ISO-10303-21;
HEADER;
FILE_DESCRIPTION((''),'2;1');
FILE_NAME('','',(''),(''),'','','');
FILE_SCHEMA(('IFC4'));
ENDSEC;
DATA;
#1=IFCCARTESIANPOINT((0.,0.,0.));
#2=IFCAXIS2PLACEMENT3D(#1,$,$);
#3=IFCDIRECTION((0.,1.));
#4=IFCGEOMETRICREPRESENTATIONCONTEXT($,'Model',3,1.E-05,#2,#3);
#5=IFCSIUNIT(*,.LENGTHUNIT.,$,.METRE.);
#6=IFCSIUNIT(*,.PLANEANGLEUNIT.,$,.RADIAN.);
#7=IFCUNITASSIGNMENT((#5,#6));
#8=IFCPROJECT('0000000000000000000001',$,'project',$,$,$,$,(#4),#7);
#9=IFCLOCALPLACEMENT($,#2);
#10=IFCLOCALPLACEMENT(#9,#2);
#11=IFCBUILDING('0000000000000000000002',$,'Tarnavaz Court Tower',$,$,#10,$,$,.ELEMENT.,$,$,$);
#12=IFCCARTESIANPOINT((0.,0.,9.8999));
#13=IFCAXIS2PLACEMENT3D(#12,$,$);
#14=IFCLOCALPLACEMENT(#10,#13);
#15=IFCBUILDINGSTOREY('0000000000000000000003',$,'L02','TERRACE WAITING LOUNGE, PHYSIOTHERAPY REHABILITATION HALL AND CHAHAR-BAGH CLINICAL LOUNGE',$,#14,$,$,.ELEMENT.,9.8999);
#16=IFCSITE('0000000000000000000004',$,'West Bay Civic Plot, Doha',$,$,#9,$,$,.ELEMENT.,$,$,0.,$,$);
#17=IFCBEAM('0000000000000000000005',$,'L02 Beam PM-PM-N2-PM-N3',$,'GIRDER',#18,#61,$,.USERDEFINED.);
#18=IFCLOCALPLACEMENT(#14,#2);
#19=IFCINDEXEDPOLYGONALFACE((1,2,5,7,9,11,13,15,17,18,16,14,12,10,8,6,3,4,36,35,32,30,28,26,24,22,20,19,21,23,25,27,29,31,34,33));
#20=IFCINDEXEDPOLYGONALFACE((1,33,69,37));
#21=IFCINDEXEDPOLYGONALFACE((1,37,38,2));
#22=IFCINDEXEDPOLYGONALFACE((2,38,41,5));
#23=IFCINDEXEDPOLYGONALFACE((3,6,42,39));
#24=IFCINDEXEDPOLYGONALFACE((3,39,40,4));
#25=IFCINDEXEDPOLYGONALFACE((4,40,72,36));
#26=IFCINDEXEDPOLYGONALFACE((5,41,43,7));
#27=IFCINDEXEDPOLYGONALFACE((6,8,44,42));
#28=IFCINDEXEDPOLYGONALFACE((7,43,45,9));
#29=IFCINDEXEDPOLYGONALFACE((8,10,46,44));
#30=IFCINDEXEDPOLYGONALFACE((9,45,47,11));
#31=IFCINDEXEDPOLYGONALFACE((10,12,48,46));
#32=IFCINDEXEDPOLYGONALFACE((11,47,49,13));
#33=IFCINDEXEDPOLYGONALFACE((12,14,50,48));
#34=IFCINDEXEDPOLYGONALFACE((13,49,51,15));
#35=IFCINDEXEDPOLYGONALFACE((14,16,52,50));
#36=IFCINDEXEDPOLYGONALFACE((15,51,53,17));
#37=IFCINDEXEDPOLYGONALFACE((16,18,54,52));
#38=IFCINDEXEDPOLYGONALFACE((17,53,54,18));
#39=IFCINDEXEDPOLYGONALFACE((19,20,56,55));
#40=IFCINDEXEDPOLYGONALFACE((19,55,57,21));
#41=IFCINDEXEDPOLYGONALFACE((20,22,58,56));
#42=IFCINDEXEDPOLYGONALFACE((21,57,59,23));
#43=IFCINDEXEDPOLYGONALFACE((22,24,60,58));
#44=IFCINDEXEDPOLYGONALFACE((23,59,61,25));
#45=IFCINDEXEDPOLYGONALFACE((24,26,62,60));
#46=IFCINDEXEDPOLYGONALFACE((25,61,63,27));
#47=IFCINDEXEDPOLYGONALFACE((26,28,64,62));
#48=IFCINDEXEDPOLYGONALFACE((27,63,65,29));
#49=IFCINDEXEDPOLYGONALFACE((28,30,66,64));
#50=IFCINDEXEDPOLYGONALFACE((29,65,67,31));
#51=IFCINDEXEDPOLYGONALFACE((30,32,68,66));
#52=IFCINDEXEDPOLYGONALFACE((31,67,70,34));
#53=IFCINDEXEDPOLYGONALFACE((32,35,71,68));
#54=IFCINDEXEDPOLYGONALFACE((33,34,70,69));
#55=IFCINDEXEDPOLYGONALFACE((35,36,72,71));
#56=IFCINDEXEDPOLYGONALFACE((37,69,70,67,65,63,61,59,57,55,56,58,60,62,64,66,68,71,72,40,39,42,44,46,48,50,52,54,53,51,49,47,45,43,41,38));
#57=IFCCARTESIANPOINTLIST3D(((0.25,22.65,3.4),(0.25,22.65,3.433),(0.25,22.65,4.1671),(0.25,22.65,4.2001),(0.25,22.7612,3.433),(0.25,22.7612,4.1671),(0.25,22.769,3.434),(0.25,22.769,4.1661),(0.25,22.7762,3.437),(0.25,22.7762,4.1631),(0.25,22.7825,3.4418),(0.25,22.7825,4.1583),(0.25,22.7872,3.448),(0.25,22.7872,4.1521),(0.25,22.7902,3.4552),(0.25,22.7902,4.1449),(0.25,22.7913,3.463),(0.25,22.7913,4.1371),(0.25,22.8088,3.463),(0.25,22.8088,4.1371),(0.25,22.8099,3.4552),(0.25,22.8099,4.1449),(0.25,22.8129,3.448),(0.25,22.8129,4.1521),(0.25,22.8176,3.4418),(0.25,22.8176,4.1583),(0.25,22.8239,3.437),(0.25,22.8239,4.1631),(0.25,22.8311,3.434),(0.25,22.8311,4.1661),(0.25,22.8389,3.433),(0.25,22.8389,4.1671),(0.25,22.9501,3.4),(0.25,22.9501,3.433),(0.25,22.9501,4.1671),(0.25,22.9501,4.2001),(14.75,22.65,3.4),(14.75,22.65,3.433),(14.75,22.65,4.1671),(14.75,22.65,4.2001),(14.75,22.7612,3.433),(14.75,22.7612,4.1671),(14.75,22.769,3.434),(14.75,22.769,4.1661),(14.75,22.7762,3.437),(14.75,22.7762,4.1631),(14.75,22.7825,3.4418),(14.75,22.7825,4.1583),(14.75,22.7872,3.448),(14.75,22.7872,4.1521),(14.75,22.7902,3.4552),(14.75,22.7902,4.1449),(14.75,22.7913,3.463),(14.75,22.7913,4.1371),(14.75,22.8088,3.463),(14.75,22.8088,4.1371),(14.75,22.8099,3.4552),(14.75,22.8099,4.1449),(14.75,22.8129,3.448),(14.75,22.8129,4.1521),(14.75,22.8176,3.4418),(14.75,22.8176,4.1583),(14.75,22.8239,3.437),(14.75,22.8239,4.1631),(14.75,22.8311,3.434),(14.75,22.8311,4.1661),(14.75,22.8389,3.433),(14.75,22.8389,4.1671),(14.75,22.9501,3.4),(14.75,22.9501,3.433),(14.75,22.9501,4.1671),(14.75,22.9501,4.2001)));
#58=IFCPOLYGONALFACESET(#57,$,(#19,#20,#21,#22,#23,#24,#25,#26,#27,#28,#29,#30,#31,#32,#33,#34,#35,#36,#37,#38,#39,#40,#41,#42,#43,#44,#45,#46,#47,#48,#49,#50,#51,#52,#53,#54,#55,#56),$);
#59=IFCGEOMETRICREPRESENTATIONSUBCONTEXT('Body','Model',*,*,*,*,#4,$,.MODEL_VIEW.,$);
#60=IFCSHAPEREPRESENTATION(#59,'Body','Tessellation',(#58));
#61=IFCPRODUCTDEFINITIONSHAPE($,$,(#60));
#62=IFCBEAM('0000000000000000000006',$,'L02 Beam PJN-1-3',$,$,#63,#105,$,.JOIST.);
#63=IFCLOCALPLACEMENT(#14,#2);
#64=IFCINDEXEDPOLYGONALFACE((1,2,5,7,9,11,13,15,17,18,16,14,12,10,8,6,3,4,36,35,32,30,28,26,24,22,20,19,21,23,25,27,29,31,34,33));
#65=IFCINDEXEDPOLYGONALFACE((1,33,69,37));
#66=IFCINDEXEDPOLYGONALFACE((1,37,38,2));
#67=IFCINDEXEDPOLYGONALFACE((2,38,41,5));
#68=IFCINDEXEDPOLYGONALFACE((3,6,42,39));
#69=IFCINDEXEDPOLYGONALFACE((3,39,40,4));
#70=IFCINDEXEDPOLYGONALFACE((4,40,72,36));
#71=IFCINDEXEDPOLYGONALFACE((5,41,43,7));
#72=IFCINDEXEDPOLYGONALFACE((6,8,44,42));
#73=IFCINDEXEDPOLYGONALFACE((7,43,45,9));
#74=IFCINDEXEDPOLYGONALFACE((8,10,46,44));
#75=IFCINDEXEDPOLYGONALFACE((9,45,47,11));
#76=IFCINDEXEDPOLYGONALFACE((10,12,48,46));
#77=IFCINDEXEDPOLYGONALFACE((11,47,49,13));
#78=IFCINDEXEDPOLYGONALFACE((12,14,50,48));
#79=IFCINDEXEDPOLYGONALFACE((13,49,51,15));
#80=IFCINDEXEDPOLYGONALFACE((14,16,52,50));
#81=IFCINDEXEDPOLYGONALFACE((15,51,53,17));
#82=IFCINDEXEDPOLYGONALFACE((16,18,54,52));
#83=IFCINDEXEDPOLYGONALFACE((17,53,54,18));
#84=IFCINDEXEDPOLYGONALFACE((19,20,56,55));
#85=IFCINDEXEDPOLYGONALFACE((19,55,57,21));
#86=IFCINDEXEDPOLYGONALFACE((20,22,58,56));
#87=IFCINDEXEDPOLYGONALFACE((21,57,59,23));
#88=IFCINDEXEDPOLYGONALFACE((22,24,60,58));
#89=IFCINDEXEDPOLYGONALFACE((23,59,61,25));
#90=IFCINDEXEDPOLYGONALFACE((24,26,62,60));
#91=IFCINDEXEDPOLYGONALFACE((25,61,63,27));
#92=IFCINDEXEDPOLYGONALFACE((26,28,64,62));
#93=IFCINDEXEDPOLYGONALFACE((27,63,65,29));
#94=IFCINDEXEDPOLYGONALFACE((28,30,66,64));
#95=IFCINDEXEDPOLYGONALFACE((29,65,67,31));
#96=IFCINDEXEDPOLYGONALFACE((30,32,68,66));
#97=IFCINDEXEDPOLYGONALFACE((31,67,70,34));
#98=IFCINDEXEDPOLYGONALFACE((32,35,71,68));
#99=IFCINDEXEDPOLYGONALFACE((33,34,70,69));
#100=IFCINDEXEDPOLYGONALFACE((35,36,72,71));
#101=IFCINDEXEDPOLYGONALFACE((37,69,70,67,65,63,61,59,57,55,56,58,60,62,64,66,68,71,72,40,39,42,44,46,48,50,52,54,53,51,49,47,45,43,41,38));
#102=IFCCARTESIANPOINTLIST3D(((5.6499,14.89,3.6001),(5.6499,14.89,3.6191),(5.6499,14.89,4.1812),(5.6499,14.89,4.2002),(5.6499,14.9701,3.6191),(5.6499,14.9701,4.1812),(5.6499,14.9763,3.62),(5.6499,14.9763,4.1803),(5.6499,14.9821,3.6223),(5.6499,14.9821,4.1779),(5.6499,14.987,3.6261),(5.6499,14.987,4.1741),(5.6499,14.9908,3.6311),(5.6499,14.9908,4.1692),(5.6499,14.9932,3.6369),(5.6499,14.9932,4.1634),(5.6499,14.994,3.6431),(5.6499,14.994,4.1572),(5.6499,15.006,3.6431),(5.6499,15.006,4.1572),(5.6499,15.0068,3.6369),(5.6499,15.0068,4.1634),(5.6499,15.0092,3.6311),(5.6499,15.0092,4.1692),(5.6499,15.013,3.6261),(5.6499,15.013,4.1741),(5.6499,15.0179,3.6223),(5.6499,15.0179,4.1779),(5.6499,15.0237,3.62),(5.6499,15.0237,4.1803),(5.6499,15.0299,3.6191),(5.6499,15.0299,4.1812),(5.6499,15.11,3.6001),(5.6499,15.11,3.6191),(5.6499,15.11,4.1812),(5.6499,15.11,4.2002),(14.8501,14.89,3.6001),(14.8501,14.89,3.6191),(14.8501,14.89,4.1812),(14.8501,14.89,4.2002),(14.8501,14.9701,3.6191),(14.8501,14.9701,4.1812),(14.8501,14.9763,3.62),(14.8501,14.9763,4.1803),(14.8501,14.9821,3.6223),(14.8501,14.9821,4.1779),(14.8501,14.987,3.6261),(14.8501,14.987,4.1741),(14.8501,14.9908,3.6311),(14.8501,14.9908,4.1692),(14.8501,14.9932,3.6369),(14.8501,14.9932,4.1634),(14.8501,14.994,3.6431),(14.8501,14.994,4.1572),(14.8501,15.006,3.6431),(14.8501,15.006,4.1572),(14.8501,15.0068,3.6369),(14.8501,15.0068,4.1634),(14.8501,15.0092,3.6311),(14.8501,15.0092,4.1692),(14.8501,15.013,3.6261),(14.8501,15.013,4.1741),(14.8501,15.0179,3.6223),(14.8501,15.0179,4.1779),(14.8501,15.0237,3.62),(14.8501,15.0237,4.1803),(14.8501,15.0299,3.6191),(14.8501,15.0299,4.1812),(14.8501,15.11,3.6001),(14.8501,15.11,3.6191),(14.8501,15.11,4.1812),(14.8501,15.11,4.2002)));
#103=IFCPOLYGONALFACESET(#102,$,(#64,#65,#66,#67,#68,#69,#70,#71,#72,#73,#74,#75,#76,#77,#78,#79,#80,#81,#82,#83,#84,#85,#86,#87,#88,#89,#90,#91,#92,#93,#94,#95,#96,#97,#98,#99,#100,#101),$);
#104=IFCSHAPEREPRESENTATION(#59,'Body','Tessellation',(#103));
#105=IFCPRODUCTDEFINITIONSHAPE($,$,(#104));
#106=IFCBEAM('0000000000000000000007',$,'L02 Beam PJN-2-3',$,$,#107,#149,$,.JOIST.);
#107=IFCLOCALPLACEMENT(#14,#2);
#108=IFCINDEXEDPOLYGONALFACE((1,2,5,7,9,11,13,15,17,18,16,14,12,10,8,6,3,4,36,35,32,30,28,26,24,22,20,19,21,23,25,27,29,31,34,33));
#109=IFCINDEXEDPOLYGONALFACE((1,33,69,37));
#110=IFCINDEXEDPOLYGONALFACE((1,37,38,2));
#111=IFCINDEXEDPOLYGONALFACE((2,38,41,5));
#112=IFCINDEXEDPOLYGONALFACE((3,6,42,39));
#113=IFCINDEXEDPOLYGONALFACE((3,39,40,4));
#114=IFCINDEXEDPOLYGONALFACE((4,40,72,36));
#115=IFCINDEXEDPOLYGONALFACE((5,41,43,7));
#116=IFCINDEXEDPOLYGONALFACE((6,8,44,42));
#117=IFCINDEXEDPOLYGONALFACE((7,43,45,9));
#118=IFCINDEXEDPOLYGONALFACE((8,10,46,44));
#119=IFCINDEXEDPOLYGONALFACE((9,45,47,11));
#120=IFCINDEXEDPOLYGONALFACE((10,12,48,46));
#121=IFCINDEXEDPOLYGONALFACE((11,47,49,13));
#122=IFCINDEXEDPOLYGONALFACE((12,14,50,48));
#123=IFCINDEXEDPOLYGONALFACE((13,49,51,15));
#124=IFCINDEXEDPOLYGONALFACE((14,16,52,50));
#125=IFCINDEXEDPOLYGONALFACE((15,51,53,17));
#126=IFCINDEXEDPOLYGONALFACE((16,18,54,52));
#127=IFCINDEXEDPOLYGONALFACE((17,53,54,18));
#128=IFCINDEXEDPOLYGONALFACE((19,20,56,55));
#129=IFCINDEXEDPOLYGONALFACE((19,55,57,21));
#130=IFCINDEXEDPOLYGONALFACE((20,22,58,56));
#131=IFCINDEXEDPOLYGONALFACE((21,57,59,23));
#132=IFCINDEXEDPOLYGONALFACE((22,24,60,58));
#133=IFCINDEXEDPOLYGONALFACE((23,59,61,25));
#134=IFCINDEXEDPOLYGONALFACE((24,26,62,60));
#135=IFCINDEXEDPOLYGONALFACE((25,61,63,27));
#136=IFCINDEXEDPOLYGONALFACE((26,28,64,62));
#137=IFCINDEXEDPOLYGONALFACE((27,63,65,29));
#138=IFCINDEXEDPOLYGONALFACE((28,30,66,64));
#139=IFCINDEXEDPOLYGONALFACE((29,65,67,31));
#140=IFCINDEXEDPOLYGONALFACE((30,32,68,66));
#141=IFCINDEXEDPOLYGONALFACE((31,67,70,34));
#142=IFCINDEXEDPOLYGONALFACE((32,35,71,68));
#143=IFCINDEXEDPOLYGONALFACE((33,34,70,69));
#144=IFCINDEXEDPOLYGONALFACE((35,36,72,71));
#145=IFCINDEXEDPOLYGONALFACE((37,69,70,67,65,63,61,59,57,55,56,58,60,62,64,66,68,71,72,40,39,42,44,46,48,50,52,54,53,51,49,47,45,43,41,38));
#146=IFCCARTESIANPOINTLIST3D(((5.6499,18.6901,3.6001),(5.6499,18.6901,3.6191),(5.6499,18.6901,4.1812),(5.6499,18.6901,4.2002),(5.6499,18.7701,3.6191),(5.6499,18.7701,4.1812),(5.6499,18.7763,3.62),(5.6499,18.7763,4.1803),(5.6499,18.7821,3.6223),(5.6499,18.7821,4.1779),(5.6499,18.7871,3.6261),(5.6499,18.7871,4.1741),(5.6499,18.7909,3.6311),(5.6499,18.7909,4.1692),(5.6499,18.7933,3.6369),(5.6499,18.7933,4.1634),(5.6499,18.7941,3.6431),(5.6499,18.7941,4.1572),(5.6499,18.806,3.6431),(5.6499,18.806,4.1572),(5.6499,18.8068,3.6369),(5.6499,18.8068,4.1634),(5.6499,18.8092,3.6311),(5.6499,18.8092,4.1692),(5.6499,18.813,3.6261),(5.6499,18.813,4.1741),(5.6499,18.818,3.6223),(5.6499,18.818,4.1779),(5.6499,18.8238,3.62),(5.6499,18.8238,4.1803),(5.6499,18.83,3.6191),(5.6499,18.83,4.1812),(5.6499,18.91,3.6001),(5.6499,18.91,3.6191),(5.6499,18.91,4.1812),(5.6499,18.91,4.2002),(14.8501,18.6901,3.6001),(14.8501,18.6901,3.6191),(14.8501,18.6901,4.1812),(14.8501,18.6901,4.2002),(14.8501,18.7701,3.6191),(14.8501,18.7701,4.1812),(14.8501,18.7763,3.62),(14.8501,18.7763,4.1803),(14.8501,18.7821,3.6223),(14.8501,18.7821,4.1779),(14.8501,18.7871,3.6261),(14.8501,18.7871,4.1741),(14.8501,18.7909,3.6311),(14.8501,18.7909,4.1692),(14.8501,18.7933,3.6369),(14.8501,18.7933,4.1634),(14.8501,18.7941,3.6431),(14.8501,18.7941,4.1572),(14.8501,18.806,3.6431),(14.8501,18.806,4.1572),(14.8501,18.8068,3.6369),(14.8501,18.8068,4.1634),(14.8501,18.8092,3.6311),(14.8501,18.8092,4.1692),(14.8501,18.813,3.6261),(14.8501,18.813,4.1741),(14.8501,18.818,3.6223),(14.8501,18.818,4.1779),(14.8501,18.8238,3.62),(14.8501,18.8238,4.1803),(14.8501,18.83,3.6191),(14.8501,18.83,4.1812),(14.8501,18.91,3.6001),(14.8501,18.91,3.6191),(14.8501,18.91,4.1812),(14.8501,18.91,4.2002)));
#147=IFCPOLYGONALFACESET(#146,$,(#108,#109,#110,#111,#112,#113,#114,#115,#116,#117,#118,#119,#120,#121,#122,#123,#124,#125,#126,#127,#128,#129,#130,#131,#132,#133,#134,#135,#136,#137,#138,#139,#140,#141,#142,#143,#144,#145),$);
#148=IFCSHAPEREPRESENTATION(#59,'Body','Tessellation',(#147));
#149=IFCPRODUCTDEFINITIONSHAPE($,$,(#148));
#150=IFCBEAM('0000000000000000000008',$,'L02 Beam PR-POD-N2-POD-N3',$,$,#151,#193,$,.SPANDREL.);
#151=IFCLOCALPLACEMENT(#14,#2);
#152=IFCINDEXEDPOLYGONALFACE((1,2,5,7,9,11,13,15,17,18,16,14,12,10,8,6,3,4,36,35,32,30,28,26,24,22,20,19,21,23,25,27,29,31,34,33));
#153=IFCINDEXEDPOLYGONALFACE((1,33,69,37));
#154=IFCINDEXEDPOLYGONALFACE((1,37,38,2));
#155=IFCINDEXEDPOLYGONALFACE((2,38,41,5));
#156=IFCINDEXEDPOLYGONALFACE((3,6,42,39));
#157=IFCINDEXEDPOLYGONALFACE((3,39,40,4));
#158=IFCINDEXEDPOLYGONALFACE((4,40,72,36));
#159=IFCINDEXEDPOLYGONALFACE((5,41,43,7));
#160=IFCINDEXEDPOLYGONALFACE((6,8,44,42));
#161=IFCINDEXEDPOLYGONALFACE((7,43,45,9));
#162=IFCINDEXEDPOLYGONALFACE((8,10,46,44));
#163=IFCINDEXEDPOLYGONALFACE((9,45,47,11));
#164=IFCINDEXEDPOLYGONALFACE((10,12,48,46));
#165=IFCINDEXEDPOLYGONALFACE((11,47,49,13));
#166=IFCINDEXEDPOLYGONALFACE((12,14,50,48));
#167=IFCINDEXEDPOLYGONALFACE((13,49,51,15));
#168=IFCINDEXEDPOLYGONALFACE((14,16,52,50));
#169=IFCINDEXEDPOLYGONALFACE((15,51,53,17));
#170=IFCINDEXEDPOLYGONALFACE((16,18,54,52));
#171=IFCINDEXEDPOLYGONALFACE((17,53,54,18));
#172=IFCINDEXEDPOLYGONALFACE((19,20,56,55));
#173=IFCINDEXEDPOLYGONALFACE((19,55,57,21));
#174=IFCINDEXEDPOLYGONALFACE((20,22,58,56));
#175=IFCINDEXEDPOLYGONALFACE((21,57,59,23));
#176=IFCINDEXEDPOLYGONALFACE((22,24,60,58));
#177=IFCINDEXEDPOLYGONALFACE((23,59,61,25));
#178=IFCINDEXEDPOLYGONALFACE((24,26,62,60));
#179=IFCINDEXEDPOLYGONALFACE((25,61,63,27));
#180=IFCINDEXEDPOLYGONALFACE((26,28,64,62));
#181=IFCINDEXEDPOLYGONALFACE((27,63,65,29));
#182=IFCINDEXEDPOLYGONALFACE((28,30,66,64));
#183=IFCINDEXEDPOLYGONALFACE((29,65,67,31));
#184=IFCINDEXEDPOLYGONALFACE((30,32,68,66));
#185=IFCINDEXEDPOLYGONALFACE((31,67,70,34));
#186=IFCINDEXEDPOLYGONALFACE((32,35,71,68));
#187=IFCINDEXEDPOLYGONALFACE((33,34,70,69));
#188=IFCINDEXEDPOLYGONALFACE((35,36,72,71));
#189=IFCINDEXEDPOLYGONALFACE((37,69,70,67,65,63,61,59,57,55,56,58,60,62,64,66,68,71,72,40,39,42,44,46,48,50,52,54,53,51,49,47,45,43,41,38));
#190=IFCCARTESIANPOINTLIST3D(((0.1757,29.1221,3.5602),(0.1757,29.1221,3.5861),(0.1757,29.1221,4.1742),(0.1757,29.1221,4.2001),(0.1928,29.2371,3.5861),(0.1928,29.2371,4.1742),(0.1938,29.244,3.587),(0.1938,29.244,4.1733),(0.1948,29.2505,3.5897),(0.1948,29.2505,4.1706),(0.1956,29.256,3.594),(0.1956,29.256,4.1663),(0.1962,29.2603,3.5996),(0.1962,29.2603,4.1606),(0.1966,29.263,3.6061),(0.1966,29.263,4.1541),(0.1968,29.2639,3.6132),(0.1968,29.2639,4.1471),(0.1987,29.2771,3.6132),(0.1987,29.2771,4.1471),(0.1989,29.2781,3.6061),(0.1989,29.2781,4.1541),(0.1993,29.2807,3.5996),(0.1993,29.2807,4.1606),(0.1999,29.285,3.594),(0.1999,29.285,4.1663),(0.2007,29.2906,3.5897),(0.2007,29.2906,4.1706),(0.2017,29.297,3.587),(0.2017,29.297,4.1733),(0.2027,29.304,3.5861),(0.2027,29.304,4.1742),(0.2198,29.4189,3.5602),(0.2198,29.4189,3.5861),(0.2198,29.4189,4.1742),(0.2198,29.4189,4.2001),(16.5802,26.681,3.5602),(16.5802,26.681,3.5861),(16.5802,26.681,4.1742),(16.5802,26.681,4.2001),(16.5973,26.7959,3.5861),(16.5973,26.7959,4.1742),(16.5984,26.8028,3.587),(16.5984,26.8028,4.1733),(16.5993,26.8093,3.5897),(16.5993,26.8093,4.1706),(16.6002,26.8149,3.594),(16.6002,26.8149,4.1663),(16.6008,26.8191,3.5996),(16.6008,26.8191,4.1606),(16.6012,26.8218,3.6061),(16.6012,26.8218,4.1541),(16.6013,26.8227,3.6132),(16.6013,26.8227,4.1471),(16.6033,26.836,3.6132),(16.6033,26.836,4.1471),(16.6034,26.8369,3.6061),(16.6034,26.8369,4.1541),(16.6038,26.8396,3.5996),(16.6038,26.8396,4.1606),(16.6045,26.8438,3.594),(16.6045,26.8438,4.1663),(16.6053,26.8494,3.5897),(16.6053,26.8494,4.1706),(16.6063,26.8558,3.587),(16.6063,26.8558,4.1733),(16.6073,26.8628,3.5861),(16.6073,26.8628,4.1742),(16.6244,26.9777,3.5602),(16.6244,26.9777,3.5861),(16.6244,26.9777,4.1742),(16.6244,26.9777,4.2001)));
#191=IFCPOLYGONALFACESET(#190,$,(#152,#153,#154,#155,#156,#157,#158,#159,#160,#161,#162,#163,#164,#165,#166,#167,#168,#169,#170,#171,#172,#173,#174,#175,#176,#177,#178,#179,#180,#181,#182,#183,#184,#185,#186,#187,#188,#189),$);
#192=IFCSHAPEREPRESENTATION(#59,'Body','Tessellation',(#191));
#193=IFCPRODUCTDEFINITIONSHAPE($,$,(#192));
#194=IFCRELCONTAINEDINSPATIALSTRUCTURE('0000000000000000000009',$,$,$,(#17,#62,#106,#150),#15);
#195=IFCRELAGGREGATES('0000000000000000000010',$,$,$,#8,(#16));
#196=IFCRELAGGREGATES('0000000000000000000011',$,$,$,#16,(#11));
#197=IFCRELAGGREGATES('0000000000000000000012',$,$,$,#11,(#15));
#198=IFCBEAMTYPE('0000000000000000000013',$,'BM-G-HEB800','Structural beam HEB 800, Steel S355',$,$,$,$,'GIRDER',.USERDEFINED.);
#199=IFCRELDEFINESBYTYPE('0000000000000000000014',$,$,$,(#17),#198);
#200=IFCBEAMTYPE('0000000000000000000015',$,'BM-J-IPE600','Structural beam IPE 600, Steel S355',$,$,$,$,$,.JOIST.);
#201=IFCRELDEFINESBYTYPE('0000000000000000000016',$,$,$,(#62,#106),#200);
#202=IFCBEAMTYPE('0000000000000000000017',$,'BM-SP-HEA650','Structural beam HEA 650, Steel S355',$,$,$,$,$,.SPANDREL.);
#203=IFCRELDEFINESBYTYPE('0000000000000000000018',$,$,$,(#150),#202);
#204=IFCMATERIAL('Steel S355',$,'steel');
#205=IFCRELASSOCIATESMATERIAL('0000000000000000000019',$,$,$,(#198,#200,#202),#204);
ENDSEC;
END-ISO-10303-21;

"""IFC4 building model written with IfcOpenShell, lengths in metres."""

from ifc_helpers import new_model, si_unit, direction, frame, origin, origin_2d, place, context, subcontext, project, spatial, i_section, extrude, material, material_profile, profile_set, type_object, element, save


model = new_model("IFC4")

# Units and contexts
model_context = context("Model", 3, precision=1e-05, world=origin(), true_north=direction((0.0, 1.0)))
body_context = subcontext(model_context, "Body", "Model", "MODEL_VIEW")
ifc_project = project(units=[si_unit("LENGTHUNIT", "METRE"), si_unit("PLANEANGLEUNIT", "RADIAN")], contexts=[model_context])

# Site, building, storey
site_placement = place(None, origin())
site = spatial("IfcSite", under=ifc_project, at=site_placement, Name="West Bay Civic Plot, Doha", CompositionType="ELEMENT", RefElevation=0.0)
building_placement = place(site_placement, origin())
building = spatial("IfcBuilding", under=site, at=building_placement, Name="Tarnavaz Court Tower", CompositionType="ELEMENT")
storey_placement = place(building_placement, frame((0.0, 0.0, 9.8999)))
storey = spatial("IfcBuildingStorey", under=building, at=storey_placement, Name="L02", Description="TERRACE WAITING LOUNGE, PHYSIOTHERAPY REHABILITATION HALL AND CHAHAR-BAGH CLINICAL LOUNGE", CompositionType="ELEMENT", Elevation=9.8999)

# Beams
ifc_material_1 = material(Name="Steel S355", Category="steel")
ifc_material_profile_1 = material_profile(ifc_material_1, i_section(OverallWidth=0.3, OverallDepth=0.8, WebThickness=0.0176, FlangeThickness=0.033, FilletRadius=0.03, at=origin_2d()), Name="HEB 800")
ifc_profile_set_1 = profile_set([ifc_material_profile_1], Name="Steel S355")
beam_type_1 = type_object("IfcBeamType", Name="BM-G-HEB800", Description="Structural beam HEB 800, Steel S355", ElementType="GIRDER", PredefinedType="USERDEFINED", material=ifc_profile_set_1)
beam_1_placement = place(storey_placement, frame((0.25, 22.8, 3.8), z_axis=(1.0, 0.0, 0.0), x_axis=(0.0, 1.0, 0.0)))
element("IfcBeam", 1, at=beam_1_placement, inside=storey, type_object=beam_type_1, Name="L02 Beam PM-PM-N2-PM-N3", ObjectType="GIRDER", PredefinedType="USERDEFINED", context=body_context, shape_type="SweptSolid", body=[
    extrude(i_section(OverallWidth=0.3, OverallDepth=0.8, WebThickness=0.0176, FlangeThickness=0.033, FilletRadius=0.03, at=origin_2d()), origin(), (0.0, 0.0, 1.0), 14.5),
])
ifc_material_profile_2 = material_profile(ifc_material_1, i_section(OverallWidth=0.22, OverallDepth=0.6001, WebThickness=0.012, FlangeThickness=0.019, FilletRadius=0.0239, at=origin_2d()), Name="IPE 600")
ifc_profile_set_2 = profile_set([ifc_material_profile_2], Name="Steel S355")
beam_type_2 = type_object("IfcBeamType", Name="BM-J-IPE600", Description="Structural beam IPE 600, Steel S355", PredefinedType="JOIST", material=ifc_profile_set_2)
for number, where, z_axis, x_axis, name in (
    (2, (5.6499, 15.0, 3.9001), (1.0, 0.0, 0.0), (0.0, 1.0, 0.0), "L02 Beam PJN-1-3"),
    (3, (5.6499, 18.8, 3.9001), (1.0, 0.0, 0.0), (0.0, 1.0, 0.0), "L02 Beam PJN-2-3"),
):
    element("IfcBeam", number, at=place(storey_placement, frame(where, z_axis=z_axis, x_axis=x_axis)), inside=storey, type_object=beam_type_2, Name=name, PredefinedType="JOIST", context=body_context, shape_type="SweptSolid", body=[
        extrude(i_section(OverallWidth=0.22, OverallDepth=0.6001, WebThickness=0.012, FlangeThickness=0.019, FilletRadius=0.0239, at=origin_2d()), origin(), (0.0, 0.0, 1.0), 9.2002),
    ])
ifc_material_profile_3 = material_profile(ifc_material_1, i_section(OverallWidth=0.3, OverallDepth=0.6399, WebThickness=0.0134, FlangeThickness=0.0259, FilletRadius=0.0271, at=origin_2d()), Name="HEA 650")
ifc_profile_set_3 = profile_set([ifc_material_profile_3], Name="Steel S355")
beam_type_3 = type_object("IfcBeamType", Name="BM-SP-HEA650", Description="Structural beam HEA 650, Steel S355", PredefinedType="SPANDREL", material=ifc_profile_set_3)
beam_2_placement = place(storey_placement, frame((0.1978, 29.2705, 3.8801), z_axis=(0.989108, -0.147189, 0.0), x_axis=(0.147189, 0.989108, 0.0)))
element("IfcBeam", 4, at=beam_2_placement, inside=storey, type_object=beam_type_3, Name="L02 Beam PR-POD-N2-POD-N3", PredefinedType="SPANDREL", context=body_context, shape_type="SweptSolid", body=[
    extrude(i_section(OverallWidth=0.3, OverallDepth=0.6399, WebThickness=0.0134, FlangeThickness=0.0259, FilletRadius=0.0271, at=origin_2d()), origin(), (0.0, 0.0, 1.0), 16.5852),
])

save(model, "model.ifc")
